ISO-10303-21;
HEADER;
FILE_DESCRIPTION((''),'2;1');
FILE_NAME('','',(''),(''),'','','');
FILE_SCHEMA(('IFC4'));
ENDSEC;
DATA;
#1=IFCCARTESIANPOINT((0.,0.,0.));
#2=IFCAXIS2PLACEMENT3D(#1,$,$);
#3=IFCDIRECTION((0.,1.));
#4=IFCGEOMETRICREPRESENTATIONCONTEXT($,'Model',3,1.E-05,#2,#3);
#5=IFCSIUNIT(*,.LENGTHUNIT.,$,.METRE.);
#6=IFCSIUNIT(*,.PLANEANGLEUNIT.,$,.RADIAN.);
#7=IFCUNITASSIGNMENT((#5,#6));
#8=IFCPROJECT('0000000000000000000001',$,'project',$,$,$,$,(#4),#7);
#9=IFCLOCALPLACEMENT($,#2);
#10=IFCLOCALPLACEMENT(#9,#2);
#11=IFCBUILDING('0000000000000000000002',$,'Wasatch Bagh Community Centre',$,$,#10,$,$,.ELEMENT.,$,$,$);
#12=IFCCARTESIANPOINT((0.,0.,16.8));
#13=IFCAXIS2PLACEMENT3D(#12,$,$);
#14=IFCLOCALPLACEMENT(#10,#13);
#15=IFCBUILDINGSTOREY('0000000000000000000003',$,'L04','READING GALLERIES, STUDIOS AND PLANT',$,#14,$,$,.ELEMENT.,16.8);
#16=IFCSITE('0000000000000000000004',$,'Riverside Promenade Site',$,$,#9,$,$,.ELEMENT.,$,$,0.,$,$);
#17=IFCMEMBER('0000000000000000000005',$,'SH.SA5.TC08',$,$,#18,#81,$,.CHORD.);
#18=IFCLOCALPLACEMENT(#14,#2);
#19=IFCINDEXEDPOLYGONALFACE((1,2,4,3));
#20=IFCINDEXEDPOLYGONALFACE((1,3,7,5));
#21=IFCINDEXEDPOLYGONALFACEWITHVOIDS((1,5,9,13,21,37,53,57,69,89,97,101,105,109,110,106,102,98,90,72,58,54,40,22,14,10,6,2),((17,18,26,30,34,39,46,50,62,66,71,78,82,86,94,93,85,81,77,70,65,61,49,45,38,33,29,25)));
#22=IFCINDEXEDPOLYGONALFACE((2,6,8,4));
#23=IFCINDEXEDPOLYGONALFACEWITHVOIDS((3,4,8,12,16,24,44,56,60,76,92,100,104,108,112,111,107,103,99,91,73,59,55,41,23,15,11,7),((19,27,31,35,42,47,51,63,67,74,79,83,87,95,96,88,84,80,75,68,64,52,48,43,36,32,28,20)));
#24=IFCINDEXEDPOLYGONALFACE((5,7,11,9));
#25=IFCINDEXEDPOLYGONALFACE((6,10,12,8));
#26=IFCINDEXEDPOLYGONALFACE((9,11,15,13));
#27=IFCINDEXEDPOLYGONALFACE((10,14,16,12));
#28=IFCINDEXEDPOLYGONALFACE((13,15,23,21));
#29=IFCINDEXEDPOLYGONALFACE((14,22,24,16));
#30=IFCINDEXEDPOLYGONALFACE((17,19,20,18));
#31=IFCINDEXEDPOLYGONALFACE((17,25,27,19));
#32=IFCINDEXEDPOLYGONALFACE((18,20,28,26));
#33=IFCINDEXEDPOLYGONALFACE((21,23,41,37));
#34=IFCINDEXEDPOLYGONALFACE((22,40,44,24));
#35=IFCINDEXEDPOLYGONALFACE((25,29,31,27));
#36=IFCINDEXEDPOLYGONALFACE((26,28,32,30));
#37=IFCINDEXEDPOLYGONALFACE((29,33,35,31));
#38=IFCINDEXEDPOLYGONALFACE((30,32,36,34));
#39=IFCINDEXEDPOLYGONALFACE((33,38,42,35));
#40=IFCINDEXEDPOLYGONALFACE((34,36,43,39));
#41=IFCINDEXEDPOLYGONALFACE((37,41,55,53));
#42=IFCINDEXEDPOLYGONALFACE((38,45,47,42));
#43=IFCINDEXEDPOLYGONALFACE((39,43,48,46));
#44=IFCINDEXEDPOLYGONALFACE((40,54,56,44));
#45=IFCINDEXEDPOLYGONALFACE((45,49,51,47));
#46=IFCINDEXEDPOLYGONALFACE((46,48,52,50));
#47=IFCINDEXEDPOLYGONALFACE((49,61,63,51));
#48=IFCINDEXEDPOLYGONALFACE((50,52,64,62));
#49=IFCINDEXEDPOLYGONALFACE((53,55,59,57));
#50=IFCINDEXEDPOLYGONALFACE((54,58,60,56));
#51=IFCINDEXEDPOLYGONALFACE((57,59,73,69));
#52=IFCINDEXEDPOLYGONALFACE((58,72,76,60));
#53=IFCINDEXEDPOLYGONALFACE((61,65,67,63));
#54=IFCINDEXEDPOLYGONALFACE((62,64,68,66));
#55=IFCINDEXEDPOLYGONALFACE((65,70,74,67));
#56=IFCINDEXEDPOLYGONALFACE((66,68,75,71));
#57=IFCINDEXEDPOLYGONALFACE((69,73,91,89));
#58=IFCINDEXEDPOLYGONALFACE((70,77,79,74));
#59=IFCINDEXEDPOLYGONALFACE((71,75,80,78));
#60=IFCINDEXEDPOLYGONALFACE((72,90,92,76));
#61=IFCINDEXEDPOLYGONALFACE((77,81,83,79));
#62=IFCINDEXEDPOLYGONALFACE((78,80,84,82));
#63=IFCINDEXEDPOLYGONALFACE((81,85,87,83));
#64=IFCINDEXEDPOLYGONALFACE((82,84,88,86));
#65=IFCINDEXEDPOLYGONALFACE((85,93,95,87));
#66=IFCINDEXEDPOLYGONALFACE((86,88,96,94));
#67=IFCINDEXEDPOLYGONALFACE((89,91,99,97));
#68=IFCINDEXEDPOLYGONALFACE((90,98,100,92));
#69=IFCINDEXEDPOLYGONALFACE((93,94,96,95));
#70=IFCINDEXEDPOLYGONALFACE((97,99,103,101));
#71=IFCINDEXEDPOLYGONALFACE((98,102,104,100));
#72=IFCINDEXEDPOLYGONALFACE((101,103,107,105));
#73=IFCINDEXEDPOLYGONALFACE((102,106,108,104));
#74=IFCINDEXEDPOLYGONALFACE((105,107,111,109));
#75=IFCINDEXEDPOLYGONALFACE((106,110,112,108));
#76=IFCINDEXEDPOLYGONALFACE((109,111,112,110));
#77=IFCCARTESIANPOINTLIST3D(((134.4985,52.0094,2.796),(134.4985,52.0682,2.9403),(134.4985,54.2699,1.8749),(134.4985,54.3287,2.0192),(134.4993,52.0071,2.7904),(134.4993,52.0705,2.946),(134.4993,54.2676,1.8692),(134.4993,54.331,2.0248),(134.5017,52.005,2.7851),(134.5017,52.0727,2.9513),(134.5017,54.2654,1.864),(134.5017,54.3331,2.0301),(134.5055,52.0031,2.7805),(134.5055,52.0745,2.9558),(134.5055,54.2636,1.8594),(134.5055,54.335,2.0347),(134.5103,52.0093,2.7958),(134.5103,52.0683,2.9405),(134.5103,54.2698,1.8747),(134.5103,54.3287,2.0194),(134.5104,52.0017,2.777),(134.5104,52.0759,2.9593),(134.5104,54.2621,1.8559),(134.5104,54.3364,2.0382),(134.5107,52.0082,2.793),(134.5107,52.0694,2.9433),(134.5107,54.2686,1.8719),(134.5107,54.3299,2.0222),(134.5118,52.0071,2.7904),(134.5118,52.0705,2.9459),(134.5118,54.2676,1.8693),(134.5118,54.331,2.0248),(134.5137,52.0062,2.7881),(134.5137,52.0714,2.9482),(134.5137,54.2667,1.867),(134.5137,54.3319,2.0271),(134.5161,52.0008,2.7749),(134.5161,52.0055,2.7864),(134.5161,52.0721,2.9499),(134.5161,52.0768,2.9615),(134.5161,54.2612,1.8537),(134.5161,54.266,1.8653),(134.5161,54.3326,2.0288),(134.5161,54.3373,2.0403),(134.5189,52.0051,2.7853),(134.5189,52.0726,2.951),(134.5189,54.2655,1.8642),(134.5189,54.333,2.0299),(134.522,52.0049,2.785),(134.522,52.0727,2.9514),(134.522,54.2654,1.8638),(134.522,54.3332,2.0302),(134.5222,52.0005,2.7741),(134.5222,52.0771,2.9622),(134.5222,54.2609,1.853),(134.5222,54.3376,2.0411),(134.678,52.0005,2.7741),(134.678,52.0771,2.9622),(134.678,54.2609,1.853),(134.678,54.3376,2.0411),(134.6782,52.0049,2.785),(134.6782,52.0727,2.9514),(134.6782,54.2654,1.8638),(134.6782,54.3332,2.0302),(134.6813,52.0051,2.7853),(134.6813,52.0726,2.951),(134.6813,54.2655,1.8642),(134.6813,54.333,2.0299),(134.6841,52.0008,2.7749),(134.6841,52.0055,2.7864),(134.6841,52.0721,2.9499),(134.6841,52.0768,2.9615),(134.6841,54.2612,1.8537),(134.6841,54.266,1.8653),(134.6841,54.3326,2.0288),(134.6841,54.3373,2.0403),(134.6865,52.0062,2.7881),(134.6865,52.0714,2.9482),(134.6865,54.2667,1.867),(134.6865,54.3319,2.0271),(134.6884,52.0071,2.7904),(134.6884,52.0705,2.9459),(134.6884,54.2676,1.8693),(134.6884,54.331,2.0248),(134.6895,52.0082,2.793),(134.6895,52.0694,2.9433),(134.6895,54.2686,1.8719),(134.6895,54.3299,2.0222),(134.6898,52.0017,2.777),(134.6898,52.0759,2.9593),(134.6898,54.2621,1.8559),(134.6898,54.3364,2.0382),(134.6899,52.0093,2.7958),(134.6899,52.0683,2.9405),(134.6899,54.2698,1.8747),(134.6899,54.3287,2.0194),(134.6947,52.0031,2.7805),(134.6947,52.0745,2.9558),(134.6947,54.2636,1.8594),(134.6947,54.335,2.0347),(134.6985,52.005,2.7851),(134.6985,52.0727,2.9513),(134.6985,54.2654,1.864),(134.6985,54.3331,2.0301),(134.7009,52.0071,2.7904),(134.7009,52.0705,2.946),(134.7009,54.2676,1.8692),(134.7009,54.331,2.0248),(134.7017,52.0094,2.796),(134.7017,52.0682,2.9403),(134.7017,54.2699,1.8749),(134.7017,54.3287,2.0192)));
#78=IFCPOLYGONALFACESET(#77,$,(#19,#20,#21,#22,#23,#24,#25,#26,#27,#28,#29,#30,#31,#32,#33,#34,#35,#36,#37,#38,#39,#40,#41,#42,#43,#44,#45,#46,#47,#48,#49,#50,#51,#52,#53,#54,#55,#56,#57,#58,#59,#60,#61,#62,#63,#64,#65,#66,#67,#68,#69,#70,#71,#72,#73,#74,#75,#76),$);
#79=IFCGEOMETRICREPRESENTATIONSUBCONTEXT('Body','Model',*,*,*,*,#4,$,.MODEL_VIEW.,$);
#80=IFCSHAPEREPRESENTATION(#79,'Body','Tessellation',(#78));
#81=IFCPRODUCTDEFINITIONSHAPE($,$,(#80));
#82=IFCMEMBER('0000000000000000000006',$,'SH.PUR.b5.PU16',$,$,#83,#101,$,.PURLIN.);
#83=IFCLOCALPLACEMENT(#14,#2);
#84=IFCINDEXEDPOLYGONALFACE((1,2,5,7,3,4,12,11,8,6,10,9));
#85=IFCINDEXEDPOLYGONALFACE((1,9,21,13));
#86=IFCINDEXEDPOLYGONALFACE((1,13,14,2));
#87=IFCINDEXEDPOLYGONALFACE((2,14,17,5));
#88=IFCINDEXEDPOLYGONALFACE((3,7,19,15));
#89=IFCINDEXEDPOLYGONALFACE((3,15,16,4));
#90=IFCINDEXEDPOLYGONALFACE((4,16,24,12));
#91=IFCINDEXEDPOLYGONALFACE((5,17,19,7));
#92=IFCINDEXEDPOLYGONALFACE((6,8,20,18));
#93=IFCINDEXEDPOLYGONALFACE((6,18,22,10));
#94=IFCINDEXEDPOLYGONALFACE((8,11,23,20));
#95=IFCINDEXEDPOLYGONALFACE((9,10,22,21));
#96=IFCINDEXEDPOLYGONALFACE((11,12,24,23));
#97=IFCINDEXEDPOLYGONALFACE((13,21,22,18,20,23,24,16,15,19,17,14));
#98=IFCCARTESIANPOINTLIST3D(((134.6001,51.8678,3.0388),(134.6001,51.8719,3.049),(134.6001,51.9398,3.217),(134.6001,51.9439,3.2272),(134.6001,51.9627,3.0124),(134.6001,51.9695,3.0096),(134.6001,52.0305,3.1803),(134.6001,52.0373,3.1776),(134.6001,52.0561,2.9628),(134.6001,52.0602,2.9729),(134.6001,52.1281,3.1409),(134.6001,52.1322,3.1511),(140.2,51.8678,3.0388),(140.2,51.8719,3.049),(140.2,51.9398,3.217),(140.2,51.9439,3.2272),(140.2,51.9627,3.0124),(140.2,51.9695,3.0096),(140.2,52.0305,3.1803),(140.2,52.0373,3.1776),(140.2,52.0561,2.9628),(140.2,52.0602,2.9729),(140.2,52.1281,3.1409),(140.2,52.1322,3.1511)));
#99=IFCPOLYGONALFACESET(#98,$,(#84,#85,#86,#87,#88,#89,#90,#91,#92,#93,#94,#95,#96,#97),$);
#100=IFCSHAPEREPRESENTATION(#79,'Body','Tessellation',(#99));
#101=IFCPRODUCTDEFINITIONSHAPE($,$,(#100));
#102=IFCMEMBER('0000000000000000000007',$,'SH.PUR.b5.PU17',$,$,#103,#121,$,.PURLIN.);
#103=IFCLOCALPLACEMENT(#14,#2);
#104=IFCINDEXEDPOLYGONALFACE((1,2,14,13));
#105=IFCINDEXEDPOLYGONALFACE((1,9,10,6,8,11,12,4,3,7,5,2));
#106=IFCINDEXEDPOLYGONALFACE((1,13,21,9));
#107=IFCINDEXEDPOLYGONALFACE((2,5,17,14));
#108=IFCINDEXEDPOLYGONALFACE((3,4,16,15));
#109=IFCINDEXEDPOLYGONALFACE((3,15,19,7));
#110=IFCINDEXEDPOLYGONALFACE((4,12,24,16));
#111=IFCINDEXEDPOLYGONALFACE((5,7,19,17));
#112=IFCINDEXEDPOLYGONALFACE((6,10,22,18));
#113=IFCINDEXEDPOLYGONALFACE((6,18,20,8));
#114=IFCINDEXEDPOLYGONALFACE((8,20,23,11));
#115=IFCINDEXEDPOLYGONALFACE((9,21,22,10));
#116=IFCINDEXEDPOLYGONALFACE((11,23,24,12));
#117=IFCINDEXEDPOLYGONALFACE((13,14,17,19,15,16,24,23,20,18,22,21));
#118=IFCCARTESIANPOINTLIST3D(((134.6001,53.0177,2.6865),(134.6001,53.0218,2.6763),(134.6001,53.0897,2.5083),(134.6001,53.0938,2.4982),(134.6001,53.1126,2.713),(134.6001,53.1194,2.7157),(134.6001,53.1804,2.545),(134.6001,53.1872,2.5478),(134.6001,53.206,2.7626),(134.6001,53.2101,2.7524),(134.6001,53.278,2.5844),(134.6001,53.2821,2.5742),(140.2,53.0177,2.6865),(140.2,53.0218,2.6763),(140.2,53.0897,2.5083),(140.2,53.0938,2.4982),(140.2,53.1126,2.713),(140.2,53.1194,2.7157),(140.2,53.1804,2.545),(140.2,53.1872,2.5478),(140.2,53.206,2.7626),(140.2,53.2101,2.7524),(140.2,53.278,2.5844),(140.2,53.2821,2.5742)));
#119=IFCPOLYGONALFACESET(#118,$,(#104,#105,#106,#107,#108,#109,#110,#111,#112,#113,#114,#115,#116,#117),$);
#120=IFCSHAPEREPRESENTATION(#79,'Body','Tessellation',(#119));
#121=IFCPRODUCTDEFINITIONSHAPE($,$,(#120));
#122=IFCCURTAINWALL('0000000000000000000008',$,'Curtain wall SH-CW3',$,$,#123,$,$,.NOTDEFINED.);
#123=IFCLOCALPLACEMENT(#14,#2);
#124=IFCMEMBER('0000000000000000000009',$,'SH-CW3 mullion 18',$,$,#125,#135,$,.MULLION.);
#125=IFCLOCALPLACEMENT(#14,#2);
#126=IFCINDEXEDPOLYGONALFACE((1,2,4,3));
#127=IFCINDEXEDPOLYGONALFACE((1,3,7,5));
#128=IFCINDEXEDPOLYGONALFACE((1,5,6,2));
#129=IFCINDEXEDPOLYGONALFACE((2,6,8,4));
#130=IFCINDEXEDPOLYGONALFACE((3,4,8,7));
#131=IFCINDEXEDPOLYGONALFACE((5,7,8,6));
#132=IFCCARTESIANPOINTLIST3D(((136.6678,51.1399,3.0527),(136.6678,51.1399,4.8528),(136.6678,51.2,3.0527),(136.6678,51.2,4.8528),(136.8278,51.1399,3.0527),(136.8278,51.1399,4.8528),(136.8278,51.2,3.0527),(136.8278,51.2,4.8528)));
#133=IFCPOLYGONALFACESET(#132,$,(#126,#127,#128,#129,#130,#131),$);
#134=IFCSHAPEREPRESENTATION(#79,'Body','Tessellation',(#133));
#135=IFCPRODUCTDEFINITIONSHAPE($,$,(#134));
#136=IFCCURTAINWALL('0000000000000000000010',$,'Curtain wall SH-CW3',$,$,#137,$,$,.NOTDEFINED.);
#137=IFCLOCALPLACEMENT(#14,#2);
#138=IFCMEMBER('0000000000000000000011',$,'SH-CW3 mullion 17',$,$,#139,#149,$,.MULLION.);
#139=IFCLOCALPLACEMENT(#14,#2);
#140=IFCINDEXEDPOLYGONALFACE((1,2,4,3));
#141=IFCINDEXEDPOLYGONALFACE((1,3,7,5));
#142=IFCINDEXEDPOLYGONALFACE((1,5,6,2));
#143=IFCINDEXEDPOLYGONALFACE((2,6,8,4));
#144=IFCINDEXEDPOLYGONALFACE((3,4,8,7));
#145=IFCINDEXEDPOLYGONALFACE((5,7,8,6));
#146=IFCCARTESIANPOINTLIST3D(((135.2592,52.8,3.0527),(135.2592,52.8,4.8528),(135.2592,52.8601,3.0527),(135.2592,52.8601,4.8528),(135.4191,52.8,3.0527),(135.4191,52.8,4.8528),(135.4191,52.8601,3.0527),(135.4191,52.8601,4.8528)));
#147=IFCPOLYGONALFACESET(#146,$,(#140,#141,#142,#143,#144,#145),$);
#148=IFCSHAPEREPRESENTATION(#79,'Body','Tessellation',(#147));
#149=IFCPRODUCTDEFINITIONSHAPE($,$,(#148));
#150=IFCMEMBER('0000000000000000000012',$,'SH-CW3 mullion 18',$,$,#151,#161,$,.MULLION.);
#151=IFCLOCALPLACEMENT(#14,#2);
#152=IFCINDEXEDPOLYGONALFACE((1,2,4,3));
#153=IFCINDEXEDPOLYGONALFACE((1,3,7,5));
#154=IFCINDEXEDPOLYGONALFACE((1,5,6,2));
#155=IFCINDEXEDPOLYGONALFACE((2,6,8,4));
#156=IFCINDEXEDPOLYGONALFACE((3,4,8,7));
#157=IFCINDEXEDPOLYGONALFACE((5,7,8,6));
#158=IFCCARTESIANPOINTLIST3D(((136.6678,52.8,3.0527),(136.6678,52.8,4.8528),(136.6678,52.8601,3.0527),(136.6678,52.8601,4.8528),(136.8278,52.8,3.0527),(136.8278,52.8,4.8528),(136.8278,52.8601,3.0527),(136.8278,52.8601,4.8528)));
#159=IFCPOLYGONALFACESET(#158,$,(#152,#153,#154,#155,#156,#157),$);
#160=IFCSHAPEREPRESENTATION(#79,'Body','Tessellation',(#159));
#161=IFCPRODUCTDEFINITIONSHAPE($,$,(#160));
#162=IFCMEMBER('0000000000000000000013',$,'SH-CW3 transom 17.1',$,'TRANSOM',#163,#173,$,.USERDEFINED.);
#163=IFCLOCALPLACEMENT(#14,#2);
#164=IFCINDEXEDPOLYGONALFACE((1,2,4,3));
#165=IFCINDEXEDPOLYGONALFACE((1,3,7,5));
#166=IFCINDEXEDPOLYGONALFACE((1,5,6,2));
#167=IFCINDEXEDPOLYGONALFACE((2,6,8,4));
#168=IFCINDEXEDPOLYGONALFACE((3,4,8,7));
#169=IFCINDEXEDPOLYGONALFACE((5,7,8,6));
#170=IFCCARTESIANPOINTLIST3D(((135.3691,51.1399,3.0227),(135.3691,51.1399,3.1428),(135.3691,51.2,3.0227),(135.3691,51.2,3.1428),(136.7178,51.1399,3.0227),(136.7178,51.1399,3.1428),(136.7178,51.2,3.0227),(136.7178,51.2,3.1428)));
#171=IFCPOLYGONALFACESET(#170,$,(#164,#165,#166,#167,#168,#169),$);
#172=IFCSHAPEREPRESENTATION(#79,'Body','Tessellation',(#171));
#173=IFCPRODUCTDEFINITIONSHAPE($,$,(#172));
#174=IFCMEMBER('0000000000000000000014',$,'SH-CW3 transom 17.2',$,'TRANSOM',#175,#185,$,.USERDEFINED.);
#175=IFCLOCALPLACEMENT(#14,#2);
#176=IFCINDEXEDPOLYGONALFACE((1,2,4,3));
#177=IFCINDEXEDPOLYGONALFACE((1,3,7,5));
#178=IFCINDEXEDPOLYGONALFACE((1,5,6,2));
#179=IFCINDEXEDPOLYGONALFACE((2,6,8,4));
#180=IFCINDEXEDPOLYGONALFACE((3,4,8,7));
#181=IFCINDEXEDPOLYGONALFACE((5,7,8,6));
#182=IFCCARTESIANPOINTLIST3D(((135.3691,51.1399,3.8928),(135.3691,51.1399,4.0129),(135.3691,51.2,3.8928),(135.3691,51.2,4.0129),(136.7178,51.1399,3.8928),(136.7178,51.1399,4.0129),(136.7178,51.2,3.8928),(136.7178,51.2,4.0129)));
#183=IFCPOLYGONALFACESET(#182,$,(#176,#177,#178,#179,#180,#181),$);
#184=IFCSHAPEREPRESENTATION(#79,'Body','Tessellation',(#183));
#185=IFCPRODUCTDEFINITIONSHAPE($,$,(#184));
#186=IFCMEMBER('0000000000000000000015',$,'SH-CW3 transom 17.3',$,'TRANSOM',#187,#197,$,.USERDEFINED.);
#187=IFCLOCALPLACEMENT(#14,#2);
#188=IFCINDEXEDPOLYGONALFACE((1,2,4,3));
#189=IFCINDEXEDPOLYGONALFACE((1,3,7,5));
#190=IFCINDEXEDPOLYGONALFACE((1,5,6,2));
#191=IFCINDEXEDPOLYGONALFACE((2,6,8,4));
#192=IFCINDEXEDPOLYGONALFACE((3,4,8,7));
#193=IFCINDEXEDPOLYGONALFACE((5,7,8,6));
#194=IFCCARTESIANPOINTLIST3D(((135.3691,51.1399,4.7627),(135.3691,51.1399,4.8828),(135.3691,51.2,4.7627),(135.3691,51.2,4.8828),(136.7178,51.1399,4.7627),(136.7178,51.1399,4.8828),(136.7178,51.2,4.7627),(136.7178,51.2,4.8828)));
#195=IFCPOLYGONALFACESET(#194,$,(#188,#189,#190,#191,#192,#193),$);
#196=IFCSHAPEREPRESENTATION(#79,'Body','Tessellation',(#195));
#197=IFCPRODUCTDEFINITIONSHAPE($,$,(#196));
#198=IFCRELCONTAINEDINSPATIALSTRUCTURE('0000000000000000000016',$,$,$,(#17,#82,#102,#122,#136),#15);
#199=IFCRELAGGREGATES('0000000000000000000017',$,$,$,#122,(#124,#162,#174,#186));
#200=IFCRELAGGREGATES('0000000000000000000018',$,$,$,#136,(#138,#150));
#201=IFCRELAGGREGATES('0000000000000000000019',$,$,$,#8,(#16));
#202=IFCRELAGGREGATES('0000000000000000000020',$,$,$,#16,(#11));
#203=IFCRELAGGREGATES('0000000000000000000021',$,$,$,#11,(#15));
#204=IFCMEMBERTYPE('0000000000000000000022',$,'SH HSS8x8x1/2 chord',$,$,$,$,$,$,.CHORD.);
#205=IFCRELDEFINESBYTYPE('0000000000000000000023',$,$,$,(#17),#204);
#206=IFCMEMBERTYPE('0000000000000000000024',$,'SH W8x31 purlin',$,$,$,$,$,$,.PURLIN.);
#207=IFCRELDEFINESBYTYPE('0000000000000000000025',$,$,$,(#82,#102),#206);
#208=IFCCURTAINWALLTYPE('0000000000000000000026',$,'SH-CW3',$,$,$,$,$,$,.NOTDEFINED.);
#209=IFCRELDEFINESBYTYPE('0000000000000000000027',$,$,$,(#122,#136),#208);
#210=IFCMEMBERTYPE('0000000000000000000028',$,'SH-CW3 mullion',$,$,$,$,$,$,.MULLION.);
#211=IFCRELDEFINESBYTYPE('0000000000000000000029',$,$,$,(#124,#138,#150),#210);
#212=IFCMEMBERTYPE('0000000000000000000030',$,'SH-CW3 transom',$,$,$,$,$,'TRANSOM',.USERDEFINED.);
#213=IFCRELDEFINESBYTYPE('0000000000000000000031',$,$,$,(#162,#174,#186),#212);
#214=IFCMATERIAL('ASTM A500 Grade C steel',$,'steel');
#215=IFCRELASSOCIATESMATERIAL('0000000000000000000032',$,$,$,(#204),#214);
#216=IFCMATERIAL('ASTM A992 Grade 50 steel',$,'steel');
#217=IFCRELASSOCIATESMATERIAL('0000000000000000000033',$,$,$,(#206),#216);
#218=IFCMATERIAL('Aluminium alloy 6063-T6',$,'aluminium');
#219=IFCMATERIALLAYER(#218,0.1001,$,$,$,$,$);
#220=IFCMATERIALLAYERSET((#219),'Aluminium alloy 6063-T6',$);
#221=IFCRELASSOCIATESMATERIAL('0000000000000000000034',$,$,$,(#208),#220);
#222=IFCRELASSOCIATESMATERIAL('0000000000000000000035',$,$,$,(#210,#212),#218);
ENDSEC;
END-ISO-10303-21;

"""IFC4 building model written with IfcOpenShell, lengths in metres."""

from ifc_helpers import new_model, si_unit, direction, frame, origin, origin_2d, place, context, subcontext, project, spatial, rectangle, hollow_rectangle, i_section, extrude, material, layer, layer_set, material_profile, profile_set, type_object, element, aggregate, save


model = new_model("IFC4")

# Units and contexts
model_context = context("Model", 3, precision=1e-05, world=origin(), true_north=direction((0.0, 1.0)))
body_context = subcontext(model_context, "Body", "Model", "MODEL_VIEW")
ifc_project = project(units=[si_unit("LENGTHUNIT", "METRE"), si_unit("PLANEANGLEUNIT", "RADIAN")], contexts=[model_context])

# Site, building, storey
site_placement = place(None, origin())
site = spatial("IfcSite", under=ifc_project, at=site_placement, Name="Riverside Promenade Site", CompositionType="ELEMENT", RefElevation=0.0)
building_placement = place(site_placement, origin())
building = spatial("IfcBuilding", under=site, at=building_placement, Name="Wasatch Bagh Community Centre", CompositionType="ELEMENT")
storey_placement = place(building_placement, frame((0.0, 0.0, 16.8)))
storey = spatial("IfcBuildingStorey", under=building, at=storey_placement, Name="L04", Description="READING GALLERIES, STUDIOS AND PLANT", CompositionType="ELEMENT", Elevation=16.8)

# Members
ifc_material_1 = material(Name="ASTM A500 Grade C steel", Category="steel")
ifc_material_profile_1 = material_profile(ifc_material_1, hollow_rectangle(XDim=0.2031, YDim=0.2031, WallThickness=0.0117, InnerFilletRadius=0.0117, OuterFilletRadius=0.0237, at=origin_2d()), Name="HSS8x8x1/2")
ifc_profile_set_1 = profile_set([ifc_material_profile_1], Name="ASTM A500 Grade C steel")
member_type_1 = type_object("IfcMemberType", Name="SH HSS8x8x1/2 chord", PredefinedType="CHORD", material=ifc_profile_set_1)
member_1_placement = place(storey_placement, frame((134.6001, 52.0388, 2.8682), z_axis=(0.0, 0.926064, -0.377367), x_axis=(-1.0, 0.0, 0.0)))
element("IfcMember", 1, at=member_1_placement, inside=storey, type_object=member_type_1, Name="SH.SA5.TC08", PredefinedType="CHORD", context=body_context, shape_type="SweptSolid", body=[
    extrude(hollow_rectangle(XDim=0.2031, YDim=0.2031, WallThickness=0.0117, InnerFilletRadius=0.0117, OuterFilletRadius=0.0237, at=origin_2d()), origin(), (0.0, 0.0, 1.0), 2.4409),
])
ifc_material_2 = material(Name="ASTM A992 Grade 50 steel", Category="steel")
ifc_material_profile_2 = material_profile(ifc_material_2, i_section(OverallWidth=0.2031, OverallDepth=0.2031, WebThickness=0.0073, FlangeThickness=0.011, at=origin_2d()), Name="W8x31")
ifc_profile_set_2 = profile_set([ifc_material_profile_2], Name="ASTM A992 Grade 50 steel")
member_type_2 = type_object("IfcMemberType", Name="SH W8x31 purlin", PredefinedType="PURLIN", material=ifc_profile_set_2)
for number, where, z_axis, x_axis, name in (
    (2, (134.6001, 52.0, 3.095), (1.0, 0.0, 0.0), (0.0, 0.927184, -0.374607), "SH.PUR.b5.PU16"),
    (3, (134.6001, 53.1499, 2.6304), (1.0, 0.0, 0.0), (0.0, 0.927184, 0.374607), "SH.PUR.b5.PU17"),
):
    element("IfcMember", number, at=place(storey_placement, frame(where, z_axis=z_axis, x_axis=x_axis)), inside=storey, type_object=member_type_2, Name=name, PredefinedType="PURLIN", context=body_context, shape_type="SweptSolid", body=[
        extrude(i_section(OverallWidth=0.2031, OverallDepth=0.2031, WebThickness=0.0073, FlangeThickness=0.011, at=origin_2d()), origin(), (0.0, 0.0, 1.0), 5.5999),
    ])

# Curtain wall, member
ifc_material_3 = material(Name="Aluminium alloy 6063-T6", Category="aluminium")
ifc_layer_1 = layer(ifc_material_3, 0.1001)
ifc_layer_set_1 = layer_set([ifc_layer_1], Name="Aluminium alloy 6063-T6")
curtain_wall_type = type_object("IfcCurtainWallType", Name="SH-CW3", PredefinedType="NOTDEFINED", material=ifc_layer_set_1)
curtain_wall_1_placement = place(storey_placement, origin())
curtain_wall_1 = element("IfcCurtainWall", 4, at=curtain_wall_1_placement, inside=storey, type_object=curtain_wall_type, Name="Curtain wall SH-CW3", PredefinedType="NOTDEFINED")
ifc_material_profile_3 = material_profile(ifc_material_3, rectangle(XDim=0.0601, YDim=0.1599, at=origin_2d()), Name="AL 60x160")
ifc_profile_set_3 = profile_set([ifc_material_profile_3], Name="Aluminium alloy 6063-T6")
member_type_3 = type_object("IfcMemberType", Name="SH-CW3 mullion", PredefinedType="MULLION", material=ifc_profile_set_3)
member_2_placement = place(storey_placement, frame((136.7478, 51.1699, 3.0527), z_axis=(0.0, 0.0, 1.0), x_axis=(0.0, 1.0, 0.0)))
member_2 = element("IfcMember", 5, at=member_2_placement, type_object=member_type_3, Name="SH-CW3 mullion 18", PredefinedType="MULLION", context=body_context, shape_type="SweptSolid", body=[
    extrude(rectangle(XDim=0.0601, YDim=0.1599, at=origin_2d()), origin(), (0.0, 0.0, 1.0), 1.8),
])

# Curtain wall, members
curtain_wall_2_placement = place(storey_placement, origin())
curtain_wall_2 = element("IfcCurtainWall", 6, at=curtain_wall_2_placement, inside=storey, type_object=curtain_wall_type, Name="Curtain wall SH-CW3", PredefinedType="NOTDEFINED")
member_3_placement = place(storey_placement, frame((135.3391, 52.8301, 3.0527), z_axis=(0.0, 0.0, 1.0), x_axis=(0.0, 1.0, 0.0)))
member_3 = element("IfcMember", 7, at=member_3_placement, type_object=member_type_3, Name="SH-CW3 mullion 17", PredefinedType="MULLION", context=body_context, shape_type="SweptSolid", body=[
    extrude(rectangle(XDim=0.0601, YDim=0.1599, at=origin_2d()), origin(), (0.0, 0.0, 1.0), 1.8),
])
member_4_placement = place(storey_placement, frame((136.7478, 52.8301, 3.0527), z_axis=(0.0, 0.0, 1.0), x_axis=(0.0, 1.0, 0.0)))
member_4 = element("IfcMember", 8, at=member_4_placement, type_object=member_type_3, Name="SH-CW3 mullion 18", PredefinedType="MULLION", context=body_context, shape_type="SweptSolid", body=[
    extrude(rectangle(XDim=0.0601, YDim=0.1599, at=origin_2d()), origin(), (0.0, 0.0, 1.0), 1.8),
])

# Members
ifc_material_profile_4 = material_profile(ifc_material_3, rectangle(XDim=0.0601, YDim=0.1201, at=origin_2d()), Name="AL 60x120")
ifc_profile_set_4 = profile_set([ifc_material_profile_4], Name="Aluminium alloy 6063-T6")
member_type_4 = type_object("IfcMemberType", Name="SH-CW3 transom", ElementType="TRANSOM", PredefinedType="USERDEFINED", material=ifc_profile_set_4)
member_5_placement = place(storey_placement, frame((135.3691, 51.1699, 3.0828), z_axis=(1.0, 0.0, 0.0), x_axis=(0.0, 1.0, 0.0)))
member_5 = element("IfcMember", 9, at=member_5_placement, type_object=member_type_4, Name="SH-CW3 transom 17.1", ObjectType="TRANSOM", PredefinedType="USERDEFINED", context=body_context, shape_type="SweptSolid", body=[
    extrude(rectangle(XDim=0.0601, YDim=0.1201, at=origin_2d()), origin(), (0.0, 0.0, 1.0), 1.3486),
])
member_6_placement = place(storey_placement, frame((135.3691, 51.1699, 3.9529), z_axis=(1.0, 0.0, 0.0), x_axis=(0.0, 1.0, 0.0)))
member_6 = element("IfcMember", 10, at=member_6_placement, type_object=member_type_4, Name="SH-CW3 transom 17.2", ObjectType="TRANSOM", PredefinedType="USERDEFINED", context=body_context, shape_type="SweptSolid", body=[
    extrude(rectangle(XDim=0.0601, YDim=0.1201, at=origin_2d()), origin(), (0.0, 0.0, 1.0), 1.3486),
])
member_7_placement = place(storey_placement, frame((135.3691, 51.1699, 4.8228), z_axis=(1.0, 0.0, 0.0), x_axis=(0.0, 1.0, 0.0)))
member_7 = element("IfcMember", 11, at=member_7_placement, type_object=member_type_4, Name="SH-CW3 transom 17.3", ObjectType="TRANSOM", PredefinedType="USERDEFINED", context=body_context, shape_type="SweptSolid", body=[
    extrude(rectangle(XDim=0.0601, YDim=0.1201, at=origin_2d()), origin(), (0.0, 0.0, 1.0), 1.3486),
])

aggregate(curtain_wall_1, [member_2, member_5, member_6, member_7])
aggregate(curtain_wall_2, [member_3, member_4])

save(model, "model.ifc")
